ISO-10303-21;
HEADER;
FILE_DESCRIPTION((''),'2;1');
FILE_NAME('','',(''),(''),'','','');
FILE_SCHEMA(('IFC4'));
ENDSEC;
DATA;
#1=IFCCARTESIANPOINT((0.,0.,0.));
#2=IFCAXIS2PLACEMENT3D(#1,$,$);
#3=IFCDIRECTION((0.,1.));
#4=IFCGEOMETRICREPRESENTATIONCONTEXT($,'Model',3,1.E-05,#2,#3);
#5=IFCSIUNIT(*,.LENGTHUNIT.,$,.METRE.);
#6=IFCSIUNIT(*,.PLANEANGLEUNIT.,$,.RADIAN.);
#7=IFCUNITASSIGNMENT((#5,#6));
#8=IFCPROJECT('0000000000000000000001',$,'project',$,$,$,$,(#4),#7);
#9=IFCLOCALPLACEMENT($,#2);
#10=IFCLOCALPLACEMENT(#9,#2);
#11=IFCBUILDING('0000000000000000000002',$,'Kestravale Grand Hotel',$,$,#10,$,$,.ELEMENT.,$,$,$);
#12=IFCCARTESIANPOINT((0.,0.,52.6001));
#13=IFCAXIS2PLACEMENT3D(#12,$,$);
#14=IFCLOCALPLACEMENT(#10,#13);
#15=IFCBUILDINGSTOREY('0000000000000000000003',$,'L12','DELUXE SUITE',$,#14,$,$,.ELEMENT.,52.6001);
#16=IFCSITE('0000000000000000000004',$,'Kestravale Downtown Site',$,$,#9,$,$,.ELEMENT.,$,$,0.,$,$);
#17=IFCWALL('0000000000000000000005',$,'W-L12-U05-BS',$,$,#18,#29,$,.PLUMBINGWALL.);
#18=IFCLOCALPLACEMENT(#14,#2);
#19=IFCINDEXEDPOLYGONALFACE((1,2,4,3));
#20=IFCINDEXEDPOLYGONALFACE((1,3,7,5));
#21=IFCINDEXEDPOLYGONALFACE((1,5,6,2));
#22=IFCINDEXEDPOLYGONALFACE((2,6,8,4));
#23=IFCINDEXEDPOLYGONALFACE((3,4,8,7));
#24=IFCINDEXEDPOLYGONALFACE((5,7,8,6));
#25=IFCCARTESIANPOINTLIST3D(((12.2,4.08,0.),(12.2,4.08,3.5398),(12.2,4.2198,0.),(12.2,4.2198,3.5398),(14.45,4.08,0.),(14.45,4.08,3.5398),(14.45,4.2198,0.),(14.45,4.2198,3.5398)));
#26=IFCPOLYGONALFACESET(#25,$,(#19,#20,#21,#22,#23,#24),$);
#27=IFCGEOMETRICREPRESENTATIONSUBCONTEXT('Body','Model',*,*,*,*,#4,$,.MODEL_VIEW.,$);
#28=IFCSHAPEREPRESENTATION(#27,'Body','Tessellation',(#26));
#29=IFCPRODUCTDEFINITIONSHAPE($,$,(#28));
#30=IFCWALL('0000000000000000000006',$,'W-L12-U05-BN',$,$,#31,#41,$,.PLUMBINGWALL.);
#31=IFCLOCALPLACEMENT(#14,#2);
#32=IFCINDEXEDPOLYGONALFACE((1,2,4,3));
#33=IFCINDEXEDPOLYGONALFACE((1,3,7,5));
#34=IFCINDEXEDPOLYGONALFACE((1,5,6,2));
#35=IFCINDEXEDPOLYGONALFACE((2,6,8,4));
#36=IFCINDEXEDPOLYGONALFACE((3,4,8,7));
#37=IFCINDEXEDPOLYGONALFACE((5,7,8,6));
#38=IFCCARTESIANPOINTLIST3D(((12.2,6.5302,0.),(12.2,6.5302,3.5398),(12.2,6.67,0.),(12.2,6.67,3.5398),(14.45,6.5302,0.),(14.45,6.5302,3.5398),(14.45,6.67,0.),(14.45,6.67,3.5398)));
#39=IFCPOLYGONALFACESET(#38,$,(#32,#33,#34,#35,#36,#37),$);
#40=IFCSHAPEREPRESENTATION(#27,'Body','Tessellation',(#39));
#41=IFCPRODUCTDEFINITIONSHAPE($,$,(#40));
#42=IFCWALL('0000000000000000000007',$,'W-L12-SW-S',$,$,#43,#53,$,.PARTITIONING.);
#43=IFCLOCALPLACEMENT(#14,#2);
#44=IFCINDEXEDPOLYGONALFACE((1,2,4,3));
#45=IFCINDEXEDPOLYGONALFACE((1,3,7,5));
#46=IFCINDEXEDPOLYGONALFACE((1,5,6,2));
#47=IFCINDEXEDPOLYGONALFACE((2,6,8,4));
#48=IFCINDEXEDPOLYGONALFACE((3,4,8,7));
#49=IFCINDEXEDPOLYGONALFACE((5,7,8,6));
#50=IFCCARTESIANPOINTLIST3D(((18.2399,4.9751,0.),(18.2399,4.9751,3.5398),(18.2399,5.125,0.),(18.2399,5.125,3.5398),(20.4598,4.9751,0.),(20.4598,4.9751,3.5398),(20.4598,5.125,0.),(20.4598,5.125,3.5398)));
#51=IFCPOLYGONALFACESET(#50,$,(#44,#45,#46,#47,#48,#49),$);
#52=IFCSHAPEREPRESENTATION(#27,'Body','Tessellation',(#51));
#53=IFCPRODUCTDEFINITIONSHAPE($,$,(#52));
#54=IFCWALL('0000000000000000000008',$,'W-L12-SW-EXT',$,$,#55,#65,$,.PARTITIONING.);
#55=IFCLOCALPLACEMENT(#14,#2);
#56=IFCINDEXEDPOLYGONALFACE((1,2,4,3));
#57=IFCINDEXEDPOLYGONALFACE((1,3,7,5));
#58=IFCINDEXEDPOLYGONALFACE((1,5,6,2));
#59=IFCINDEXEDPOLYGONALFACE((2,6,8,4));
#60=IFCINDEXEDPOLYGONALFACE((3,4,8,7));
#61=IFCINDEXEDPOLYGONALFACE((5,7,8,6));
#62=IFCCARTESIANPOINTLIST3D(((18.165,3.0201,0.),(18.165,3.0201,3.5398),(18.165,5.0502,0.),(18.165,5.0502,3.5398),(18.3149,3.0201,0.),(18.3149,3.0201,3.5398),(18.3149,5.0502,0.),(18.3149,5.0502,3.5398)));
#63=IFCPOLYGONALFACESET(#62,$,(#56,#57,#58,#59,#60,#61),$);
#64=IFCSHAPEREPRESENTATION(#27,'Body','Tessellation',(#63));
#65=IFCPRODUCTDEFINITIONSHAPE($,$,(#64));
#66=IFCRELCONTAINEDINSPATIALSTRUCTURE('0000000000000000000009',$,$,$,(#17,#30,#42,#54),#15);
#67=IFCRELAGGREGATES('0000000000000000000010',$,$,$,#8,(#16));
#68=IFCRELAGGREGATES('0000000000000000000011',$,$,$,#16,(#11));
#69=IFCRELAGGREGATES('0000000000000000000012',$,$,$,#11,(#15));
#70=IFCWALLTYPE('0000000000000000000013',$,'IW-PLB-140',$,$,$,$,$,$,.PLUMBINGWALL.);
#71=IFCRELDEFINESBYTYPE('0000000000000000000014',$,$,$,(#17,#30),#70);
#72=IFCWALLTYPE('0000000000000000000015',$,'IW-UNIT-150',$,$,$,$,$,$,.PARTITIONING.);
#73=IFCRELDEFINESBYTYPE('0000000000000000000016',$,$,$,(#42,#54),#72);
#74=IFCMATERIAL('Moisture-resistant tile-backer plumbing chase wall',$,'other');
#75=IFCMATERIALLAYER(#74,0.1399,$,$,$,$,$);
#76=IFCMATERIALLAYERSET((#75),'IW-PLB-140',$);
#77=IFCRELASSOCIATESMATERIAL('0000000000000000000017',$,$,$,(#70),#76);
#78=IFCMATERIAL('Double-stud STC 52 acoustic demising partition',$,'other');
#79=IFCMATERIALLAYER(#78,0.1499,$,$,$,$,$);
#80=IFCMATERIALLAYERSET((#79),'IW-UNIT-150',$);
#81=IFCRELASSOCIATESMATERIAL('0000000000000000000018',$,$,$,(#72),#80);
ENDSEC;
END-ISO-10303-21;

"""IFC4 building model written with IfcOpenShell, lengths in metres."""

from ifc_helpers import new_model, si_unit, direction, frame, frame_2d, origin, place, context, subcontext, project, spatial, rectangle, extrude, material, layer, layer_set, type_object, element, save


model = new_model("IFC4")

# Units and contexts
model_context = context("Model", 3, precision=1e-05, world=origin(), true_north=direction((0.0, 1.0)))
body_context = subcontext(model_context, "Body", "Model", "MODEL_VIEW")
ifc_project = project(units=[si_unit("LENGTHUNIT", "METRE"), si_unit("PLANEANGLEUNIT", "RADIAN")], contexts=[model_context])

# Site, building, storey
site_placement = place(None, origin())
site = spatial("IfcSite", under=ifc_project, at=site_placement, Name="Kestravale Downtown Site", CompositionType="ELEMENT", RefElevation=0.0)
building_placement = place(site_placement, origin())
building = spatial("IfcBuilding", under=site, at=building_placement, Name="Kestravale Grand Hotel", CompositionType="ELEMENT")
storey_placement = place(building_placement, frame((0.0, 0.0, 52.6001)))
storey = spatial("IfcBuildingStorey", under=building, at=storey_placement, Name="L12", Description="DELUXE SUITE", CompositionType="ELEMENT", Elevation=52.6001)

# Shared definitions
ifc_material_1 = material(Name="Moisture-resistant tile-backer plumbing chase wall", Category="other")
ifc_layer_1 = layer(ifc_material_1, 0.1399)
ifc_layer_set_1 = layer_set([ifc_layer_1], Name="IW-PLB-140")
wall_type_1 = type_object("IfcWallType", Name="IW-PLB-140", PredefinedType="PLUMBINGWALL", material=ifc_layer_set_1)

# Walls
for number, where, z_axis, x_axis, name in (
    (1, (12.2, 4.1499, 0.0), (0.0, 0.0, 1.0), (1.0, 0.0, 0.0), "W-L12-U05-BS"),
    (2, (12.2, 6.6001, 0.0), (0.0, 0.0, 1.0), (1.0, 0.0, 0.0), "W-L12-U05-BN"),
):
    element("IfcWall", number, at=place(storey_placement, frame(where, z_axis=z_axis, x_axis=x_axis)), inside=storey, type_object=wall_type_1, Name=name, PredefinedType="PLUMBINGWALL", context=body_context, shape_type="SweptSolid", body=[
        extrude(rectangle(XDim=2.25, YDim=0.1399, at=frame_2d((1.125, 0.0))), origin(), (0.0, 0.0, 1.0), 3.5398),
    ])
ifc_material_2 = material(Name="Double-stud STC 52 acoustic demising partition", Category="other")
ifc_layer_2 = layer(ifc_material_2, 0.1499)
ifc_layer_set_2 = layer_set([ifc_layer_2], Name="IW-UNIT-150")
wall_type_2 = type_object("IfcWallType", Name="IW-UNIT-150", PredefinedType="PARTITIONING", material=ifc_layer_set_2)
wall_1_placement = place(storey_placement, frame((18.24, 5.05, 0.0), z_axis=(0.0, 0.0, 1.0), x_axis=(1.0, 0.0, 0.0)))
element("IfcWall", 3, at=wall_1_placement, inside=storey, type_object=wall_type_2, Name="W-L12-SW-S", PredefinedType="PARTITIONING", context=body_context, shape_type="SweptSolid", body=[
    extrude(rectangle(XDim=2.22, YDim=0.1499, at=frame_2d((1.1099, 0.0))), origin(), (0.0, 0.0, 1.0), 3.5398),
])
wall_2_placement = place(storey_placement, frame((18.24, 3.02, 0.0), z_axis=(0.0, 0.0, 1.0), x_axis=(0.0, 1.0, 0.0)))
element("IfcWall", 4, at=wall_2_placement, inside=storey, type_object=wall_type_2, Name="W-L12-SW-EXT", PredefinedType="PARTITIONING", context=body_context, shape_type="SweptSolid", body=[
    extrude(rectangle(XDim=2.03, YDim=0.1499, at=frame_2d((1.0151, 0.0))), origin(), (0.0, 0.0, 1.0), 3.5398),
])

save(model, "model.ifc")
